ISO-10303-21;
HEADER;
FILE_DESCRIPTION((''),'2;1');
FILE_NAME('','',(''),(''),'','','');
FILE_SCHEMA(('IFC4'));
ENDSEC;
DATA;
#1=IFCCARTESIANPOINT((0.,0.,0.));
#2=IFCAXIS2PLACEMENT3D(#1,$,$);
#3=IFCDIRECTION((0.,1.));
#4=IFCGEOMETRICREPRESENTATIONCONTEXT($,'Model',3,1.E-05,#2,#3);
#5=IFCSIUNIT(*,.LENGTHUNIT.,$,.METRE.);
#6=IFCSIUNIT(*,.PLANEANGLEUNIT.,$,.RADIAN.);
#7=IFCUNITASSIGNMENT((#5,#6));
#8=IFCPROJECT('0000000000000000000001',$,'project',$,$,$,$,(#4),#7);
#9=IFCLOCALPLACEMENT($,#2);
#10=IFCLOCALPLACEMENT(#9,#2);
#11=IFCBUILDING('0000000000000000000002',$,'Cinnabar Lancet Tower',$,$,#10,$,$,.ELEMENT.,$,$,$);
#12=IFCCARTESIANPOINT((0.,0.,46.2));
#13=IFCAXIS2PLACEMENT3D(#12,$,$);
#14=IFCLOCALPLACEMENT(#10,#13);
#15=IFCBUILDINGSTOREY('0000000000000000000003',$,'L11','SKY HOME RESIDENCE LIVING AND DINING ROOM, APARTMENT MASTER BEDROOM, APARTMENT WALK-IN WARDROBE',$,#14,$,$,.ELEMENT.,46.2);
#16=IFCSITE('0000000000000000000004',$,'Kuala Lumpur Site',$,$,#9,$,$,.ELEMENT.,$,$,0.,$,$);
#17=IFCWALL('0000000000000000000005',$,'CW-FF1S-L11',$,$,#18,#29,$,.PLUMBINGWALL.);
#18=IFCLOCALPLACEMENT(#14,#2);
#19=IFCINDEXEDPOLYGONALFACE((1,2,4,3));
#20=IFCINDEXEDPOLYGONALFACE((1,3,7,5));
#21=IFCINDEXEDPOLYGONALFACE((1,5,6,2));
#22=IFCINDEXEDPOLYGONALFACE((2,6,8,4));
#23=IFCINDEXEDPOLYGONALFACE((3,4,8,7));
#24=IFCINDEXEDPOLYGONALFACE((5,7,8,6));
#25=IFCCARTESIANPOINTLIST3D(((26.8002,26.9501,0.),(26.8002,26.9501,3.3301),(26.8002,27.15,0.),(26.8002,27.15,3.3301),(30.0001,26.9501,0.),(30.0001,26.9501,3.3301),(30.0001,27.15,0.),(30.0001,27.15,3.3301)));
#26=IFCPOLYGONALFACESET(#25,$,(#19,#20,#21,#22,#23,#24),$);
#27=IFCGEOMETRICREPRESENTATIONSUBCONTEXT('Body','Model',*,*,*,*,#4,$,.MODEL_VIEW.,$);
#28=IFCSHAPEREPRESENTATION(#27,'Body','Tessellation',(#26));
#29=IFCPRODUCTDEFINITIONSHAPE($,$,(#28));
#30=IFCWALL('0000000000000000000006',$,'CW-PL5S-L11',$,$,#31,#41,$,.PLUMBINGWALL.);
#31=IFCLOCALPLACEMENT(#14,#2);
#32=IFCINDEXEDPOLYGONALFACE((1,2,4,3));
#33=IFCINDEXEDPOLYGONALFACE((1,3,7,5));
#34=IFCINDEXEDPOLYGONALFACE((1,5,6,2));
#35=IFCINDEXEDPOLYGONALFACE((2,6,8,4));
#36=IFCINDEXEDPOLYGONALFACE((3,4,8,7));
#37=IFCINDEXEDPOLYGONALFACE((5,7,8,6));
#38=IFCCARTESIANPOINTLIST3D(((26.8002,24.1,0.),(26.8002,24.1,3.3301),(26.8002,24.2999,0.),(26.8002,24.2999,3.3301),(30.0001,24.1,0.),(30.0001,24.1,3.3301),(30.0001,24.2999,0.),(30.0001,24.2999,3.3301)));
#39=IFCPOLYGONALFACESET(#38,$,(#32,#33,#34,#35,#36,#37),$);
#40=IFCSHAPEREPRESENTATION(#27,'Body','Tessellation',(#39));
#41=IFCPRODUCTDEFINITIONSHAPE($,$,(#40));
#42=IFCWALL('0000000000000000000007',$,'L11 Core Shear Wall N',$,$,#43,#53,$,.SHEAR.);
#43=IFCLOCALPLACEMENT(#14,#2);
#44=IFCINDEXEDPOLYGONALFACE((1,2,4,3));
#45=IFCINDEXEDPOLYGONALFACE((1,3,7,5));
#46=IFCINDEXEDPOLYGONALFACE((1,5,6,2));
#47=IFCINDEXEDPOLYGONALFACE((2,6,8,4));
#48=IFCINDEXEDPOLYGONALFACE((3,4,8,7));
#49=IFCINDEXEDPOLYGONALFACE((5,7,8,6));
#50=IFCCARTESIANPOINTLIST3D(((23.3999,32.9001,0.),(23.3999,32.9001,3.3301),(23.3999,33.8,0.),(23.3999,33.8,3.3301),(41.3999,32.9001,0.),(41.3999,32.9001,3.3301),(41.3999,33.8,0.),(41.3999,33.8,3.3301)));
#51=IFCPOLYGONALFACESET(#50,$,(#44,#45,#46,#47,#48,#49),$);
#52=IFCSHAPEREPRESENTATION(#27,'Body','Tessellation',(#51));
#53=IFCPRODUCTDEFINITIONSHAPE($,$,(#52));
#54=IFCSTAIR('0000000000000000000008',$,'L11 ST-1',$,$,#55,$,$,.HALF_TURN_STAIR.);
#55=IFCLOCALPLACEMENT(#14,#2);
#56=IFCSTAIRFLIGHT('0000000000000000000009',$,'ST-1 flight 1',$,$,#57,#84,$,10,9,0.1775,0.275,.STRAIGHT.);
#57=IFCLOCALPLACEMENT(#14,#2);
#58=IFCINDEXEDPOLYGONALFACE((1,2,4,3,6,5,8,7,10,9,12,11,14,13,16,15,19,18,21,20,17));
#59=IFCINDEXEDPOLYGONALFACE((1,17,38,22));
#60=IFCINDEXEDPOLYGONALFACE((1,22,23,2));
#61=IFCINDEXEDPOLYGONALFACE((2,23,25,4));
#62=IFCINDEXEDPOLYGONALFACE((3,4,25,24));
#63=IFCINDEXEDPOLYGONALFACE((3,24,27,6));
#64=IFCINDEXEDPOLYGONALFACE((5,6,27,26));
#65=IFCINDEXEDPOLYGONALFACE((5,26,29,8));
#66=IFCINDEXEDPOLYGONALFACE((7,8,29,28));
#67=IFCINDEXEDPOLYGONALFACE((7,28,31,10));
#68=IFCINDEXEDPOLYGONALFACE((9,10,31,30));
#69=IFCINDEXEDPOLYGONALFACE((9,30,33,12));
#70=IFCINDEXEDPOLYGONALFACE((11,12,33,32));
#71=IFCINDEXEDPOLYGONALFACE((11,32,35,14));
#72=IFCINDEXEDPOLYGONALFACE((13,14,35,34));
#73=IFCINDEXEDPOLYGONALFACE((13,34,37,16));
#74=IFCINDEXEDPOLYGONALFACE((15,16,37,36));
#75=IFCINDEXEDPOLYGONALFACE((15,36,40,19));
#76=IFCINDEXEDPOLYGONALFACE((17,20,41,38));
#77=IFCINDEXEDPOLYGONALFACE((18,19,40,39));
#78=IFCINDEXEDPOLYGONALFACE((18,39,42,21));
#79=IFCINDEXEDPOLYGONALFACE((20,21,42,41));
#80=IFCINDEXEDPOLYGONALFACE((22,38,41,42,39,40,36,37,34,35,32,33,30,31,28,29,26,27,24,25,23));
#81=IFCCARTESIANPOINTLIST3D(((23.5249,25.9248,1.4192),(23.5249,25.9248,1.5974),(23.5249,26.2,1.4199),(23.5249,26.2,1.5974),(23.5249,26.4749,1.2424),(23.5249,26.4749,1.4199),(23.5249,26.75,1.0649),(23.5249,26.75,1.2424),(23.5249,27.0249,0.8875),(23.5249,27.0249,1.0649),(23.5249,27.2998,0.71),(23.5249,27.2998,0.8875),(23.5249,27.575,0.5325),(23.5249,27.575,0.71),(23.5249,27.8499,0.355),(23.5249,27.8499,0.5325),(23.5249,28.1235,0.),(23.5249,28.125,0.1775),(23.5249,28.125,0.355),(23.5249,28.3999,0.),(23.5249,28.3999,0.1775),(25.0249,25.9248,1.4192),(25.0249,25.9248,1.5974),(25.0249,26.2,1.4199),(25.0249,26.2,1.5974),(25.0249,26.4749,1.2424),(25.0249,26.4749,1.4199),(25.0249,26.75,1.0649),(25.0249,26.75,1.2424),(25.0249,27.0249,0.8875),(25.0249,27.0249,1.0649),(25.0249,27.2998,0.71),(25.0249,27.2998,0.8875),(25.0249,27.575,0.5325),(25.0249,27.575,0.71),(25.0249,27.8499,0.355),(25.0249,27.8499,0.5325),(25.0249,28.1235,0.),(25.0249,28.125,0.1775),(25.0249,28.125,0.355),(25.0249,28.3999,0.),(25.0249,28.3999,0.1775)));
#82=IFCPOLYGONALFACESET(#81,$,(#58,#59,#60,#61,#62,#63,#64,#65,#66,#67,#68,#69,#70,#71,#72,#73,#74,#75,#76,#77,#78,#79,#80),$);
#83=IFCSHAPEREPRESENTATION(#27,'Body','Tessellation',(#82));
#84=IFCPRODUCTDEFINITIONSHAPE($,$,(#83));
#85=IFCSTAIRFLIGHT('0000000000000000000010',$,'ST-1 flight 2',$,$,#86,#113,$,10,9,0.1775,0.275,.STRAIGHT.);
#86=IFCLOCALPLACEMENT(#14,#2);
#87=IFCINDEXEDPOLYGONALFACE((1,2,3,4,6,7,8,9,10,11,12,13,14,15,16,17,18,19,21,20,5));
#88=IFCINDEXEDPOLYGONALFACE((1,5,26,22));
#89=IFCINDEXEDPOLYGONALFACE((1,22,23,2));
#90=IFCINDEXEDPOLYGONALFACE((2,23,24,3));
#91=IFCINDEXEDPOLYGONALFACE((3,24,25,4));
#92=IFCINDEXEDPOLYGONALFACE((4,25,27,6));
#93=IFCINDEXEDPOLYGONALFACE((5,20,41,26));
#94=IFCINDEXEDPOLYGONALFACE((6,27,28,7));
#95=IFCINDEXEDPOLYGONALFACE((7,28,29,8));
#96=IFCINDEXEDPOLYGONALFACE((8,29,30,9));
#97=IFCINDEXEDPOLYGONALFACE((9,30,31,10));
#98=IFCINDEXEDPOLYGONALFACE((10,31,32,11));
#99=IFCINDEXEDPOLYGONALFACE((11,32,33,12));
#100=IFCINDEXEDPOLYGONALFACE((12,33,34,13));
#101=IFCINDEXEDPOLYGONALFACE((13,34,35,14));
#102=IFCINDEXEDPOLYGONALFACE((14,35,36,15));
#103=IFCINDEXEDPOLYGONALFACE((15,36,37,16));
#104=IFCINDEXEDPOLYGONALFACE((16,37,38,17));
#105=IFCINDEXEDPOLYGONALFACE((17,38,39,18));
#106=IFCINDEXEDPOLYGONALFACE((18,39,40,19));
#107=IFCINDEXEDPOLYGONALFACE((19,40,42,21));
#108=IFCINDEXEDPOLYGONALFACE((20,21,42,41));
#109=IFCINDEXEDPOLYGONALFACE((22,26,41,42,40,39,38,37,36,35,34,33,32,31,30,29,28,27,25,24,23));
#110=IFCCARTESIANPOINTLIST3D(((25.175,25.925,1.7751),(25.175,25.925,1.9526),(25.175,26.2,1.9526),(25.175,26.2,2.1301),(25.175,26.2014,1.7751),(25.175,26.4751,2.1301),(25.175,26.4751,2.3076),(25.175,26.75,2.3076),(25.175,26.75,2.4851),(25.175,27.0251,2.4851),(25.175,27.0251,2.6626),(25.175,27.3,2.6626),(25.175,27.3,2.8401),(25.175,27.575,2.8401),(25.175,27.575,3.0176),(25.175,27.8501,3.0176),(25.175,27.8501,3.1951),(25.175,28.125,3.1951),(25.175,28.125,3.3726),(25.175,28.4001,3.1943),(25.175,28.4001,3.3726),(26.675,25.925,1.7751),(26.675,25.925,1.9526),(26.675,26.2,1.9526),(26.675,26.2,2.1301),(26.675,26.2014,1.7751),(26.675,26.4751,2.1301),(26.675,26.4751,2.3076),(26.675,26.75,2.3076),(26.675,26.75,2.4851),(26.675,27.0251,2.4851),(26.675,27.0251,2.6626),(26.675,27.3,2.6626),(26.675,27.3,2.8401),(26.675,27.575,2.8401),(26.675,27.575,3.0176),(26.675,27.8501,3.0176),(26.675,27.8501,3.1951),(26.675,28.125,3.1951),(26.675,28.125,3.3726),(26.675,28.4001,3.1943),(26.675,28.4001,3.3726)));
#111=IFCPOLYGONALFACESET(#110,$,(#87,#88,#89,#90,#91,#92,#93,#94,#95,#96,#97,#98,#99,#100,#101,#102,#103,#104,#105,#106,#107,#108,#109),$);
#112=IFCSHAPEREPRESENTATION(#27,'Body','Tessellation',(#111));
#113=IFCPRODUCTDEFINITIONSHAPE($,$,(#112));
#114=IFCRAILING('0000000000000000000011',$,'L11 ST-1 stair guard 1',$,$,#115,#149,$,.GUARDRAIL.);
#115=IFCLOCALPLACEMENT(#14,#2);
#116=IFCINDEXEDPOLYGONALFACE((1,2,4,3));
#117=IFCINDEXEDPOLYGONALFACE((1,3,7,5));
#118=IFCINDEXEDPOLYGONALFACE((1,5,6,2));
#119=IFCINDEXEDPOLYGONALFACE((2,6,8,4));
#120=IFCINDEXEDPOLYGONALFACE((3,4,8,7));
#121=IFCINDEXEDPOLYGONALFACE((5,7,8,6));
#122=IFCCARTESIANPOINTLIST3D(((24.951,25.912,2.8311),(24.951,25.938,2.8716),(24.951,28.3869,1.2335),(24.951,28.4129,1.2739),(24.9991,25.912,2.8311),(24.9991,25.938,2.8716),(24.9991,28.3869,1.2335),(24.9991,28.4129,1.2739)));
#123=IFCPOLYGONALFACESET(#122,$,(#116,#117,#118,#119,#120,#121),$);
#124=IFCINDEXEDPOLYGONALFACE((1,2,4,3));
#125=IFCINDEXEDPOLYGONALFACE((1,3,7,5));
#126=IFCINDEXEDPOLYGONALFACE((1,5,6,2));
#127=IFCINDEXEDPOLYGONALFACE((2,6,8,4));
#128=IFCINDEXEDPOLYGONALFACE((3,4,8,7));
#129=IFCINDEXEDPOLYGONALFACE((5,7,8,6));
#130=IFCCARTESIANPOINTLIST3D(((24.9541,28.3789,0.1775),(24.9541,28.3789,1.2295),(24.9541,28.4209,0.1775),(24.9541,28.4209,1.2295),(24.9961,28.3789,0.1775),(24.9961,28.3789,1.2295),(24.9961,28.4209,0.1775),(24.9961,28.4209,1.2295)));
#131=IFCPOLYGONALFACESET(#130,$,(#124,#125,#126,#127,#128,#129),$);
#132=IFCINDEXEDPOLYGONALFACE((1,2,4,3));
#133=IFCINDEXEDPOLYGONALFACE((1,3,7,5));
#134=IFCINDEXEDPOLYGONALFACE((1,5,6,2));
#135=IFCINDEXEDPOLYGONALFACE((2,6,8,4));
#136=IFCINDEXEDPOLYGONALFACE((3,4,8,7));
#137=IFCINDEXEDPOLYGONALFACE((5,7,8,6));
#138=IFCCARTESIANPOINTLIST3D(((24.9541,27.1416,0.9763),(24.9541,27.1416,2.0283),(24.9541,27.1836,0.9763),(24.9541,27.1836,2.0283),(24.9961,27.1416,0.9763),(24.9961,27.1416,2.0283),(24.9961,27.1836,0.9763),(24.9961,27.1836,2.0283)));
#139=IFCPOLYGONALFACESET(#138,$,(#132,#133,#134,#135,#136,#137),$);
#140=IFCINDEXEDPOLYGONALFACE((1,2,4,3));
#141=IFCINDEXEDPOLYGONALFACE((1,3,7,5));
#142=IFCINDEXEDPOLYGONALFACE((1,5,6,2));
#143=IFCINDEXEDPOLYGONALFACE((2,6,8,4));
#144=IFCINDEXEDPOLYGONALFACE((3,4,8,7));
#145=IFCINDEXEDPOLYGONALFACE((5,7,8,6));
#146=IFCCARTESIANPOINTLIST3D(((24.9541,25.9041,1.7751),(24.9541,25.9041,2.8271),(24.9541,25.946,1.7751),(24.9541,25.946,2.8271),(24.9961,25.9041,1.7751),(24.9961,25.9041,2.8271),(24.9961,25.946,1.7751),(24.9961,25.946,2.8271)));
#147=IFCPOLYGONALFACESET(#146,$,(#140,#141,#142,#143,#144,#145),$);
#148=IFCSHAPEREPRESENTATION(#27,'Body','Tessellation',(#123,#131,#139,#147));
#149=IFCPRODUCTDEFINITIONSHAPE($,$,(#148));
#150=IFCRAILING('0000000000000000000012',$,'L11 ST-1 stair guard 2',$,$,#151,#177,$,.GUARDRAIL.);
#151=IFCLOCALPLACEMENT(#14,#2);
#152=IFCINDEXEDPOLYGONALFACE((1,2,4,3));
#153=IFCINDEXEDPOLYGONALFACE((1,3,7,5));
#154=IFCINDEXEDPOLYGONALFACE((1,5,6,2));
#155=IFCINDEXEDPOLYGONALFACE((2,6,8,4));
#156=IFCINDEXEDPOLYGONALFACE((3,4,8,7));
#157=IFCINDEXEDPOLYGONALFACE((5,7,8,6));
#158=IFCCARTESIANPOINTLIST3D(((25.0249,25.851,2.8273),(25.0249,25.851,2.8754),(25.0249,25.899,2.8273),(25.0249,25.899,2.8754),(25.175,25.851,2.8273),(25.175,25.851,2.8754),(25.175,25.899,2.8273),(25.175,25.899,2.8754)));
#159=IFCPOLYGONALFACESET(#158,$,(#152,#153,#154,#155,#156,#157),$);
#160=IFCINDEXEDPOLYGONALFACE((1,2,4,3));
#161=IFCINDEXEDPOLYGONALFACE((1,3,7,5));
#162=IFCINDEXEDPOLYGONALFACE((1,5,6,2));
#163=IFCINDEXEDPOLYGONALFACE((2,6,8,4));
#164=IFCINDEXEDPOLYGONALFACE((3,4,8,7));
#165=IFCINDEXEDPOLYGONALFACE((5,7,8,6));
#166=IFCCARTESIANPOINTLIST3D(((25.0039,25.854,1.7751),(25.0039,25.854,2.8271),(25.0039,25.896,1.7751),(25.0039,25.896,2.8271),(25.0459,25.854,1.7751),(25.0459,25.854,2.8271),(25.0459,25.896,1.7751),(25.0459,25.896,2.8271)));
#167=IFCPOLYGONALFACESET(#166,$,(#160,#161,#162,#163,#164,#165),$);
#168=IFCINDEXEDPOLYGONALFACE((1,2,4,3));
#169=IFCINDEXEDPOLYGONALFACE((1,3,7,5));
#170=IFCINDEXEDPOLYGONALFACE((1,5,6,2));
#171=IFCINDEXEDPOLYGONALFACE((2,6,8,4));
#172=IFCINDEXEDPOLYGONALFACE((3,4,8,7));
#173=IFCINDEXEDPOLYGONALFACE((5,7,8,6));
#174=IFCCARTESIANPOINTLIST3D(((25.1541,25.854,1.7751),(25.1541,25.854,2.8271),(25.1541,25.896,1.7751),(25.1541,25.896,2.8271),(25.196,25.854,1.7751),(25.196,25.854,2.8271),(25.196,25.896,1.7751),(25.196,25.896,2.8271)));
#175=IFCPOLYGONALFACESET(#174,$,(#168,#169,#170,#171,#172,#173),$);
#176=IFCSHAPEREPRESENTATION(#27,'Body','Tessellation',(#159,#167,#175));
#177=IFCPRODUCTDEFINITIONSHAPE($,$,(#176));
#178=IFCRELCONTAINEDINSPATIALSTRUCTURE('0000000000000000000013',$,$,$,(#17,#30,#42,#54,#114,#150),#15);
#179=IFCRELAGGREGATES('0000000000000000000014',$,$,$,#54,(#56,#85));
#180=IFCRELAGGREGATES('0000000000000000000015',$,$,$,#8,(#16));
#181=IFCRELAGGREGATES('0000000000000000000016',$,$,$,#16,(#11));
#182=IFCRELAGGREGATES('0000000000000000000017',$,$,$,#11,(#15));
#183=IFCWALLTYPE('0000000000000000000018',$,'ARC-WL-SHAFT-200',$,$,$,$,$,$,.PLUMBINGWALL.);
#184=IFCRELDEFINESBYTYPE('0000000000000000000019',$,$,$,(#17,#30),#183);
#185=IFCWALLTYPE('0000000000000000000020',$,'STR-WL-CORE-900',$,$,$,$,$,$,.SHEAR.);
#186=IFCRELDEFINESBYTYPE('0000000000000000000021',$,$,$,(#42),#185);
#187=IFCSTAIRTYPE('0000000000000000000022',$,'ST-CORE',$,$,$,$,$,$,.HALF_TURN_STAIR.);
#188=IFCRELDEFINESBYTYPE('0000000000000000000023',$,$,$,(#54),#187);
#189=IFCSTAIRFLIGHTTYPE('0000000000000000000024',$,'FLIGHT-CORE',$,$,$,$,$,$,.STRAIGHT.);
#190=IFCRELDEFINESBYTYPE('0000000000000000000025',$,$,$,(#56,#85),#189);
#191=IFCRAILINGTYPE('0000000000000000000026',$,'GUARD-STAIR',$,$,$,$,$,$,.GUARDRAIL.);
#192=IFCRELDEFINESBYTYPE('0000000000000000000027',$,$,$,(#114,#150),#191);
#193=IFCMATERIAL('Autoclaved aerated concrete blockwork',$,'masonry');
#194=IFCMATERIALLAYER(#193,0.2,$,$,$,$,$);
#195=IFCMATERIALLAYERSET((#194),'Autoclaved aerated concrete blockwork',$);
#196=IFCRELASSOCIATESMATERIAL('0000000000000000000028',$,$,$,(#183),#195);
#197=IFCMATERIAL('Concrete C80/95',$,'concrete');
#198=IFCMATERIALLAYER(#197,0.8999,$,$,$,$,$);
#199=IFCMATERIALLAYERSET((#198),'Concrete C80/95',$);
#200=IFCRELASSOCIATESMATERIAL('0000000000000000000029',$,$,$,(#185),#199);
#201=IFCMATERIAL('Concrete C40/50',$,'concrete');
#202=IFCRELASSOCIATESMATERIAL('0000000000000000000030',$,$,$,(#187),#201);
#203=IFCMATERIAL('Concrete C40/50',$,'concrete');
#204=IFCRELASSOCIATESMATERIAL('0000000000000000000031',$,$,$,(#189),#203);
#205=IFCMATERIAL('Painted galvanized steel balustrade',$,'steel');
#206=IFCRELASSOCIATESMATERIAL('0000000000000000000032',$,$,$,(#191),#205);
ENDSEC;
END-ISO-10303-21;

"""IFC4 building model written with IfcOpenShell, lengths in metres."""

from ifc_helpers import new_model, si_unit, direction, frame, frame_2d, origin, origin_2d, place, context, subcontext, project, spatial, polyline, rectangle, outline, extrude, material, layer, layer_set, type_object, element, aggregate, save


model = new_model("IFC4")

# Units and contexts
model_context = context("Model", 3, precision=1e-05, world=origin(), true_north=direction((0.0, 1.0)))
body_context = subcontext(model_context, "Body", "Model", "MODEL_VIEW")
ifc_project = project(units=[si_unit("LENGTHUNIT", "METRE"), si_unit("PLANEANGLEUNIT", "RADIAN")], contexts=[model_context])

# Site, building, storey
site_placement = place(None, origin())
site = spatial("IfcSite", under=ifc_project, at=site_placement, Name="Kuala Lumpur Site", CompositionType="ELEMENT", RefElevation=0.0)
building_placement = place(site_placement, origin())
building = spatial("IfcBuilding", under=site, at=building_placement, Name="Cinnabar Lancet Tower", CompositionType="ELEMENT")
storey_placement = place(building_placement, frame((0.0, 0.0, 46.2)))
storey = spatial("IfcBuildingStorey", under=building, at=storey_placement, Name="L11", Description="SKY HOME RESIDENCE LIVING AND DINING ROOM, APARTMENT MASTER BEDROOM, APARTMENT WALK-IN WARDROBE", CompositionType="ELEMENT", Elevation=46.2)

# Shared definitions
ifc_material_1 = material(Name="Autoclaved aerated concrete blockwork", Category="masonry")
ifc_layer_1 = layer(ifc_material_1, 0.2)
ifc_layer_set_1 = layer_set([ifc_layer_1], Name="Autoclaved aerated concrete blockwork")
wall_type_1 = type_object("IfcWallType", Name="ARC-WL-SHAFT-200", PredefinedType="PLUMBINGWALL", material=ifc_layer_set_1)

# Walls
for number, where, z_axis, x_axis, name in (
    (1, (26.8, 27.05, 0.0), (0.0, 0.0, 1.0), (1.0, 0.0, 0.0), "CW-FF1S-L11"),
    (2, (26.8, 24.2, 0.0), (0.0, 0.0, 1.0), (1.0, 0.0, 0.0), "CW-PL5S-L11"),
):
    element("IfcWall", number, at=place(storey_placement, frame(where, z_axis=z_axis, x_axis=x_axis)), inside=storey, type_object=wall_type_1, Name=name, PredefinedType="PLUMBINGWALL", context=body_context, shape_type="SweptSolid", body=[
        extrude(rectangle(XDim=3.2, YDim=0.2, at=frame_2d((1.6001, 0.0))), origin(), (0.0, 0.0, 1.0), 3.3301),
    ])
ifc_material_2 = material(Name="Concrete C80/95", Category="concrete")
ifc_layer_2 = layer(ifc_material_2, 0.8999)
ifc_layer_set_2 = layer_set([ifc_layer_2], Name="Concrete C80/95")
wall_type_2 = type_object("IfcWallType", Name="STR-WL-CORE-900", PredefinedType="SHEAR", material=ifc_layer_set_2)
wall_1_placement = place(storey_placement, frame((23.3999, 33.3501, 0.0), z_axis=(0.0, 0.0, 1.0), x_axis=(1.0, 0.0, 0.0)))
element("IfcWall", 3, at=wall_1_placement, inside=storey, type_object=wall_type_2, Name="L11 Core Shear Wall N", PredefinedType="SHEAR", context=body_context, shape_type="SweptSolid", body=[
    extrude(rectangle(XDim=18.0, YDim=0.8999, at=frame_2d((9.0, 0.0))), origin(), (0.0, 0.0, 1.0), 3.3301),
])

# Stair, stair flights
ifc_material_3 = material(Name="Concrete C40/50", Category="concrete")
stair_type = type_object("IfcStairType", Name="ST-CORE", PredefinedType="HALF_TURN_STAIR", material=ifc_material_3)
stair_placement = place(storey_placement, origin())
stair = element("IfcStair", 4, at=stair_placement, inside=storey, type_object=stair_type, Name="L11 ST-1", PredefinedType="HALF_TURN_STAIR")
ifc_material_4 = material(Name="Concrete C40/50", Category="concrete")
stair_flight_type = type_object("IfcStairFlightType", Name="FLIGHT-CORE", PredefinedType="STRAIGHT", material=ifc_material_4)
stair_flight_1_placement = place(storey_placement, frame((24.2749, 28.3999, 0.0), z_axis=(0.0, 0.0, 1.0), x_axis=(0.0, -1.0, 0.0)))
stair_flight_1 = element("IfcStairFlight", 5, at=stair_flight_1_placement, type_object=stair_flight_type, Name="ST-1 flight 1", NumberOfRisers=10, NumberOfTreads=9, PredefinedType="STRAIGHT", RiserHeight=0.1775, TreadLength=0.275, context=body_context, shape_type="SweptSolid", body=[
    extrude(outline(polyline([(0.0, 0.0), (0.0, 0.1775), (0.2749, 0.1775), (0.2749, 0.355), (0.55, 0.355), (0.55, 0.5325), (0.825, 0.5325), (0.825, 0.71), (1.1001, 0.71), (1.1001, 0.8875), (1.375, 0.8875), (1.375, 1.0649), (1.6499, 1.0649), (1.6499, 1.2424), (1.925, 1.2424), (1.925, 1.4199), (2.2, 1.4199), (2.2, 1.5974), (2.4751, 1.5974), (2.4751, 1.7749), (2.4751, 1.4192), (0.2764, 0.0), (0.0, 0.0)])), frame((0.0, 0.75, 0.0), z_axis=(0.0, -1.0, 0.0), x_axis=(1.0, 0.0, 0.0)), (0.0, 0.0, 1.0), 1.5),
])
stair_flight_2_placement = place(storey_placement, frame((25.925, 25.925, 1.7751), z_axis=(0.0, 0.0, 1.0), x_axis=(0.0, 1.0, 0.0)))
stair_flight_2 = element("IfcStairFlight", 6, at=stair_flight_2_placement, type_object=stair_flight_type, Name="ST-1 flight 2", NumberOfRisers=10, NumberOfTreads=9, PredefinedType="STRAIGHT", RiserHeight=0.1775, TreadLength=0.275, context=body_context, shape_type="SweptSolid", body=[
    extrude(outline(polyline([(0.0, 0.0), (0.0, 0.1775), (0.2749, 0.1775), (0.2749, 0.355), (0.55, 0.355), (0.55, 0.5325), (0.825, 0.5325), (0.825, 0.71), (1.1001, 0.71), (1.1001, 0.8875), (1.375, 0.8875), (1.375, 1.0649), (1.6499, 1.0649), (1.6499, 1.2424), (1.925, 1.2424), (1.925, 1.4199), (2.2, 1.4199), (2.2, 1.5974), (2.4751, 1.5974), (2.4751, 1.7749), (2.4751, 1.4192), (0.2764, 0.0), (0.0, 0.0)])), frame((0.0, 0.75, 0.0), z_axis=(0.0, -1.0, 0.0), x_axis=(1.0, 0.0, 0.0)), (0.0, 0.0, 1.0), 1.5),
])
aggregate(stair, [stair_flight_1, stair_flight_2])

# Railings
ifc_material_5 = material(Name="Painted galvanized steel balustrade", Category="steel")
railing_type_1 = type_object("IfcRailingType", Name="GUARD-STAIR", PredefinedType="GUARDRAIL", material=ifc_material_5)
railing_1_placement = place(storey_placement, frame((24.9751, 28.3999, 0.1775)))
element("IfcRailing", 7, at=railing_1_placement, inside=storey, type_object=railing_type_1, Name="L11 ST-1 stair guard 1", PredefinedType="GUARDRAIL", context=body_context, shape_type="SweptSolid", body=[
    extrude(rectangle(XDim=0.0481, YDim=0.0481, at=origin_2d()), frame((0.0, 0.0, 1.0762), z_axis=(0.0, -0.840146, 0.542361), x_axis=(1.0, 0.0, 0.0)), (0.0, 0.0, 1.0), 2.9458),
    extrude(rectangle(XDim=0.042, YDim=0.042, at=origin_2d()), origin(), (0.0, 0.0, 1.0), 1.052),
    extrude(rectangle(XDim=0.042, YDim=0.042, at=origin_2d()), frame((0.0, -1.2373, 0.7988)), (0.0, 0.0, 1.0), 1.052),
    extrude(rectangle(XDim=0.042, YDim=0.042, at=origin_2d()), frame((0.0, -2.4749, 1.5977)), (0.0, 0.0, 1.0), 1.052),
])
railing_2_placement = place(storey_placement, frame((25.0249, 25.875, 1.7751)))
element("IfcRailing", 8, at=railing_2_placement, inside=storey, type_object=railing_type_1, Name="L11 ST-1 stair guard 2", PredefinedType="GUARDRAIL", context=body_context, shape_type="SweptSolid", body=[
    extrude(rectangle(XDim=0.0481, YDim=0.0481, at=origin_2d()), frame((0.0, 0.0, 1.0762), z_axis=(1.0, 0.0, 0.0), x_axis=(0.0, 1.0, 0.0)), (0.0, 0.0, 1.0), 0.1501),
    extrude(rectangle(XDim=0.042, YDim=0.042, at=origin_2d()), origin(), (0.0, 0.0, 1.0), 1.052),
    extrude(rectangle(XDim=0.042, YDim=0.042, at=origin_2d()), frame((0.1501, 0.0, 0.0)), (0.0, 0.0, 1.0), 1.052),
])

save(model, "model.ifc")
